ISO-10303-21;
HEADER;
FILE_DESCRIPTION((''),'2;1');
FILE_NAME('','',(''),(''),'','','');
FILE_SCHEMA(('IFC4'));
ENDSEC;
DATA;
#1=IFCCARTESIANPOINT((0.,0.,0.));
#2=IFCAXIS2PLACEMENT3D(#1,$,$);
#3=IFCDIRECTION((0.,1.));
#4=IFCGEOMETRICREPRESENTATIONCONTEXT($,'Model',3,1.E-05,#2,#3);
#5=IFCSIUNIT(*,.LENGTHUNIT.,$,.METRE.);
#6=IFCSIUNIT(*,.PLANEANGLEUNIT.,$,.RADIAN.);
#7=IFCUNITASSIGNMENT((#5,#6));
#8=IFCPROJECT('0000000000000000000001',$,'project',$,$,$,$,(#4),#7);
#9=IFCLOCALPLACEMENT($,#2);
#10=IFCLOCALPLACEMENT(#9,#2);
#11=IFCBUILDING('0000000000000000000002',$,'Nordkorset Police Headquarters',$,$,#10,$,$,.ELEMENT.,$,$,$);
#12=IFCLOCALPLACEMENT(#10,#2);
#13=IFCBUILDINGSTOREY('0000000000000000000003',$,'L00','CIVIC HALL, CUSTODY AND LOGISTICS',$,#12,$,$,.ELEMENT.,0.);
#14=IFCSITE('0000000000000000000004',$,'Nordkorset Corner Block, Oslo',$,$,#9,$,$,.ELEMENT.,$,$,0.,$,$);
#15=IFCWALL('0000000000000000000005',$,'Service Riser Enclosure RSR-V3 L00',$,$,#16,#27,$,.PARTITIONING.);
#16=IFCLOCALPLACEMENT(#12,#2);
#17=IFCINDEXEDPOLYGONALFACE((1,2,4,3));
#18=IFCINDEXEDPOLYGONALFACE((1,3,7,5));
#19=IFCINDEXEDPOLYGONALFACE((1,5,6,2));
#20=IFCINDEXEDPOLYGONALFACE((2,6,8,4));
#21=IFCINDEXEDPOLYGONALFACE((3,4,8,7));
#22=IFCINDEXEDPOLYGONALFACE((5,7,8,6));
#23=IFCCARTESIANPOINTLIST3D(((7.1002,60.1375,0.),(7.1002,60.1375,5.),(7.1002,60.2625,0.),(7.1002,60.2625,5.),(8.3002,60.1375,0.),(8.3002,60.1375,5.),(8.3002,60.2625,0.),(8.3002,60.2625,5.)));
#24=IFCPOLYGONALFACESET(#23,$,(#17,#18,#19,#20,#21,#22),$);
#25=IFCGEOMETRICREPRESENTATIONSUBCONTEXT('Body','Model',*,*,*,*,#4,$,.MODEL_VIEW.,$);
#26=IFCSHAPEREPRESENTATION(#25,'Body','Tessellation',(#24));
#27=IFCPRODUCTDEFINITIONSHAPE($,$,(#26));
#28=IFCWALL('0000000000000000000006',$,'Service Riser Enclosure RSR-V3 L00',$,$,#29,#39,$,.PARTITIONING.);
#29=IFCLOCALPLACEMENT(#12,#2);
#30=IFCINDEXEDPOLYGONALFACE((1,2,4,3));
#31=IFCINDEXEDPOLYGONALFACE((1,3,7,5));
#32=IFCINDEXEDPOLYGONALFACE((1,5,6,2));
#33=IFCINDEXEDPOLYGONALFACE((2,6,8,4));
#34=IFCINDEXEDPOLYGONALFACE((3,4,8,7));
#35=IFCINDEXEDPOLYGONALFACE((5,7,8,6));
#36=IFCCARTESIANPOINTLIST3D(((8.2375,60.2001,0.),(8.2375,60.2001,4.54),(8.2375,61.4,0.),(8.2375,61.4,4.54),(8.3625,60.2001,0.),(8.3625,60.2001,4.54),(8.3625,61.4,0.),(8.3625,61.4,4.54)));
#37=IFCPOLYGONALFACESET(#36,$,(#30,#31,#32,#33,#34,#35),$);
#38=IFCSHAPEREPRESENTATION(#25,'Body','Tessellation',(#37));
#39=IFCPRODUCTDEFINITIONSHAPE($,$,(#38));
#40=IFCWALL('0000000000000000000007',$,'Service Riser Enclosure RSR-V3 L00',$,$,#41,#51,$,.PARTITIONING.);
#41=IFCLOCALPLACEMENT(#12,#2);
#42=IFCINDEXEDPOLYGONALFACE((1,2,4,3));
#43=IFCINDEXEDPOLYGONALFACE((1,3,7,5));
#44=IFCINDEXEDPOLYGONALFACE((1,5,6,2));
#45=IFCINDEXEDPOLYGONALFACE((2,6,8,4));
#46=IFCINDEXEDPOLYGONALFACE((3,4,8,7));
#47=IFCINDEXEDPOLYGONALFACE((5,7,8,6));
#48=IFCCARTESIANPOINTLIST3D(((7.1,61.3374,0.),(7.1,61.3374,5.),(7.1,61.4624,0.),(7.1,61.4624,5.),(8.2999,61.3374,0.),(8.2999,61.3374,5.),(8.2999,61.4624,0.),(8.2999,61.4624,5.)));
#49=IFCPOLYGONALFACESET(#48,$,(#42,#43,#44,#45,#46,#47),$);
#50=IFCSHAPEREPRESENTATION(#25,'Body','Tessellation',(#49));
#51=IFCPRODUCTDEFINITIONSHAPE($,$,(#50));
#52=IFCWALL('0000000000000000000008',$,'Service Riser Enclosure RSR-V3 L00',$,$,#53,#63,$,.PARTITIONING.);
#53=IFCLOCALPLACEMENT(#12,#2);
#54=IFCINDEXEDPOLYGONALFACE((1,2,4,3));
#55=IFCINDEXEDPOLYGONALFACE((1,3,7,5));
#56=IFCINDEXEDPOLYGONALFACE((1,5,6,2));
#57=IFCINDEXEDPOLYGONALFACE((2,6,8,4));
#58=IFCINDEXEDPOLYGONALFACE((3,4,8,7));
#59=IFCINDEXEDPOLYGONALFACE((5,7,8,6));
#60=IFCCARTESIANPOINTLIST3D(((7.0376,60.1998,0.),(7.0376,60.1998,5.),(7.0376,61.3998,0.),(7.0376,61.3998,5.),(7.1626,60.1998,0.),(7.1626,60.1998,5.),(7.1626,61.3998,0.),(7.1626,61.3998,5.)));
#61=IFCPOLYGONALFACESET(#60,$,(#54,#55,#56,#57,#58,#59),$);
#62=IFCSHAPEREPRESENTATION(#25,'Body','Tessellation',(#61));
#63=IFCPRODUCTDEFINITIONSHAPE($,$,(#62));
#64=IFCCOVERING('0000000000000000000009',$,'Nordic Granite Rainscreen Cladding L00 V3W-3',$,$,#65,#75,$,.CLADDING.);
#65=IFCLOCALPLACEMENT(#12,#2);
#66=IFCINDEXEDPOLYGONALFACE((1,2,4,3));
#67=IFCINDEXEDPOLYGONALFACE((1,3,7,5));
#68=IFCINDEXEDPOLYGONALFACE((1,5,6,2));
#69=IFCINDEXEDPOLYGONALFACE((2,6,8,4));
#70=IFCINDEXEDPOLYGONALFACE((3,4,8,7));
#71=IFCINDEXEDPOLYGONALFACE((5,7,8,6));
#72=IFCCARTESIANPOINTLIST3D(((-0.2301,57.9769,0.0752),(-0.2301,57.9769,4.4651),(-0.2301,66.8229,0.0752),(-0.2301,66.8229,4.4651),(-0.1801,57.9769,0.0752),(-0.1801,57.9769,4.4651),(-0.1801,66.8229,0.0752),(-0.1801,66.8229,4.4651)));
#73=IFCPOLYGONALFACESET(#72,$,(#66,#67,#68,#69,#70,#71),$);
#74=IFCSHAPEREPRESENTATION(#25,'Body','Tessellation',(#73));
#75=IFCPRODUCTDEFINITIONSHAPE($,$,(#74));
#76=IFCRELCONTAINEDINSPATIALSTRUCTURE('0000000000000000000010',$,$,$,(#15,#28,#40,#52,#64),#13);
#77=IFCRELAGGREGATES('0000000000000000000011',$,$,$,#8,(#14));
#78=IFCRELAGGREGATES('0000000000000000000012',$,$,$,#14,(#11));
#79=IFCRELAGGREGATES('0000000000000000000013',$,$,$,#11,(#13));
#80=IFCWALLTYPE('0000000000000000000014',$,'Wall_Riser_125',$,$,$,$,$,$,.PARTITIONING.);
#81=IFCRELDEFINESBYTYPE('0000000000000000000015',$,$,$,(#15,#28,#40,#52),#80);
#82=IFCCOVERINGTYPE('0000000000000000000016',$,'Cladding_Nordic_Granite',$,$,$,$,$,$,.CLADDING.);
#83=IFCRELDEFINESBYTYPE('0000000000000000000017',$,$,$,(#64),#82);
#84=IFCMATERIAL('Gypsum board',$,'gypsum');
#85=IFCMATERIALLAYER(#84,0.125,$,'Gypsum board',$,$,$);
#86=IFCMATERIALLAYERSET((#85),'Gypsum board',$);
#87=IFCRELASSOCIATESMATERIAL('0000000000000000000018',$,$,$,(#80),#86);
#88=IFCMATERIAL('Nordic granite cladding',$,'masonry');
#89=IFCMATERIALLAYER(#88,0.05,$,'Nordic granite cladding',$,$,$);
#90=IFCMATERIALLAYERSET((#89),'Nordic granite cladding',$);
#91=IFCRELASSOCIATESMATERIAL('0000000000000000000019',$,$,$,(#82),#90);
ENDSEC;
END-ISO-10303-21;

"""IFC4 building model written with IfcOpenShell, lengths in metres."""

from ifc_helpers import new_model, si_unit, direction, frame, frame_2d, origin, origin_2d, place, context, subcontext, project, spatial, rectangle, extrude, material, layer, layer_set, type_object, element, save


model = new_model("IFC4")

# Units and contexts
model_context = context("Model", 3, precision=1e-05, world=origin(), true_north=direction((0.0, 1.0)))
body_context = subcontext(model_context, "Body", "Model", "MODEL_VIEW")
ifc_project = project(units=[si_unit("LENGTHUNIT", "METRE"), si_unit("PLANEANGLEUNIT", "RADIAN")], contexts=[model_context])

# Site, building, storey
site_placement = place(None, origin())
site = spatial("IfcSite", under=ifc_project, at=site_placement, Name="Nordkorset Corner Block, Oslo", CompositionType="ELEMENT", RefElevation=0.0)
building_placement = place(site_placement, origin())
building = spatial("IfcBuilding", under=site, at=building_placement, Name="Nordkorset Police Headquarters", CompositionType="ELEMENT")
storey_placement = place(building_placement, origin())
storey = spatial("IfcBuildingStorey", under=building, at=storey_placement, Name="L00", Description="CIVIC HALL, CUSTODY AND LOGISTICS", CompositionType="ELEMENT", Elevation=0.0)

# Walls
ifc_material_1 = material(Name="Gypsum board", Category="gypsum")
ifc_layer_1 = layer(ifc_material_1, 0.125, Name="Gypsum board")
ifc_layer_set_1 = layer_set([ifc_layer_1], Name="Gypsum board")
wall_type_1 = type_object("IfcWallType", Name="Wall_Riser_125", PredefinedType="PARTITIONING", material=ifc_layer_set_1)
wall_1_placement = place(storey_placement, frame((7.1001, 60.2, 0.0), z_axis=(0.0, 0.0, 1.0), x_axis=(1.0, 0.0, 0.0)))
element("IfcWall", 1, at=wall_1_placement, inside=storey, type_object=wall_type_1, Name="Service Riser Enclosure RSR-V3 L00", PredefinedType="PARTITIONING", context=body_context, shape_type="SweptSolid", body=[
    extrude(rectangle(XDim=1.2, YDim=0.125, at=frame_2d((0.6001, 0.0))), origin(), (0.0, 0.0, 1.0), 5.0),
])
wall_2_placement = place(storey_placement, frame((8.3, 60.2, 0.0), z_axis=(0.0, 0.0, 1.0), x_axis=(0.0, 1.0, 0.0)))
element("IfcWall", 2, at=wall_2_placement, inside=storey, type_object=wall_type_1, Name="Service Riser Enclosure RSR-V3 L00", PredefinedType="PARTITIONING", context=body_context, shape_type="SweptSolid", body=[
    extrude(rectangle(XDim=1.2, YDim=0.125, at=frame_2d((0.6001, 0.0))), origin(), (0.0, 0.0, 1.0), 4.54),
])
for number, where, z_axis, x_axis, name in (
    (3, (8.3, 61.3999, 0.0), (0.0, 0.0, 1.0), (-1.0, 0.0, 0.0), "Service Riser Enclosure RSR-V3 L00"),
    (4, (7.1001, 61.3999, 0.0), (0.0, 0.0, 1.0), (0.0, -1.0, 0.0), "Service Riser Enclosure RSR-V3 L00"),
):
    element("IfcWall", number, at=place(storey_placement, frame(where, z_axis=z_axis, x_axis=x_axis)), inside=storey, type_object=wall_type_1, Name=name, PredefinedType="PARTITIONING", context=body_context, shape_type="SweptSolid", body=[
        extrude(rectangle(XDim=1.2, YDim=0.125, at=frame_2d((0.6001, 0.0))), origin(), (0.0, 0.0, 1.0), 5.0),
    ])

# Covering
ifc_material_2 = material(Name="Nordic granite cladding", Category="masonry")
ifc_layer_2 = layer(ifc_material_2, 0.05, Name="Nordic granite cladding")
ifc_layer_set_2 = layer_set([ifc_layer_2], Name="Nordic granite cladding")
covering_type = type_object("IfcCoveringType", Name="Cladding_Nordic_Granite", PredefinedType="CLADDING", material=ifc_layer_set_2)
covering_placement = place(storey_placement, frame((-0.2051, 62.3999, 0.0752), z_axis=(0.0, 0.0, 1.0), x_axis=(0.0, 1.0, 0.0)))
element("IfcCovering", 5, at=covering_placement, inside=storey, type_object=covering_type, Name="Nordic Granite Rainscreen Cladding L00 V3W-3", PredefinedType="CLADDING", context=body_context, shape_type="SweptSolid", body=[
    extrude(rectangle(XDim=8.8459, YDim=0.05, at=origin_2d()), origin(), (0.0, 0.0, 1.0), 4.3899),
])

save(model, "model.ifc")
